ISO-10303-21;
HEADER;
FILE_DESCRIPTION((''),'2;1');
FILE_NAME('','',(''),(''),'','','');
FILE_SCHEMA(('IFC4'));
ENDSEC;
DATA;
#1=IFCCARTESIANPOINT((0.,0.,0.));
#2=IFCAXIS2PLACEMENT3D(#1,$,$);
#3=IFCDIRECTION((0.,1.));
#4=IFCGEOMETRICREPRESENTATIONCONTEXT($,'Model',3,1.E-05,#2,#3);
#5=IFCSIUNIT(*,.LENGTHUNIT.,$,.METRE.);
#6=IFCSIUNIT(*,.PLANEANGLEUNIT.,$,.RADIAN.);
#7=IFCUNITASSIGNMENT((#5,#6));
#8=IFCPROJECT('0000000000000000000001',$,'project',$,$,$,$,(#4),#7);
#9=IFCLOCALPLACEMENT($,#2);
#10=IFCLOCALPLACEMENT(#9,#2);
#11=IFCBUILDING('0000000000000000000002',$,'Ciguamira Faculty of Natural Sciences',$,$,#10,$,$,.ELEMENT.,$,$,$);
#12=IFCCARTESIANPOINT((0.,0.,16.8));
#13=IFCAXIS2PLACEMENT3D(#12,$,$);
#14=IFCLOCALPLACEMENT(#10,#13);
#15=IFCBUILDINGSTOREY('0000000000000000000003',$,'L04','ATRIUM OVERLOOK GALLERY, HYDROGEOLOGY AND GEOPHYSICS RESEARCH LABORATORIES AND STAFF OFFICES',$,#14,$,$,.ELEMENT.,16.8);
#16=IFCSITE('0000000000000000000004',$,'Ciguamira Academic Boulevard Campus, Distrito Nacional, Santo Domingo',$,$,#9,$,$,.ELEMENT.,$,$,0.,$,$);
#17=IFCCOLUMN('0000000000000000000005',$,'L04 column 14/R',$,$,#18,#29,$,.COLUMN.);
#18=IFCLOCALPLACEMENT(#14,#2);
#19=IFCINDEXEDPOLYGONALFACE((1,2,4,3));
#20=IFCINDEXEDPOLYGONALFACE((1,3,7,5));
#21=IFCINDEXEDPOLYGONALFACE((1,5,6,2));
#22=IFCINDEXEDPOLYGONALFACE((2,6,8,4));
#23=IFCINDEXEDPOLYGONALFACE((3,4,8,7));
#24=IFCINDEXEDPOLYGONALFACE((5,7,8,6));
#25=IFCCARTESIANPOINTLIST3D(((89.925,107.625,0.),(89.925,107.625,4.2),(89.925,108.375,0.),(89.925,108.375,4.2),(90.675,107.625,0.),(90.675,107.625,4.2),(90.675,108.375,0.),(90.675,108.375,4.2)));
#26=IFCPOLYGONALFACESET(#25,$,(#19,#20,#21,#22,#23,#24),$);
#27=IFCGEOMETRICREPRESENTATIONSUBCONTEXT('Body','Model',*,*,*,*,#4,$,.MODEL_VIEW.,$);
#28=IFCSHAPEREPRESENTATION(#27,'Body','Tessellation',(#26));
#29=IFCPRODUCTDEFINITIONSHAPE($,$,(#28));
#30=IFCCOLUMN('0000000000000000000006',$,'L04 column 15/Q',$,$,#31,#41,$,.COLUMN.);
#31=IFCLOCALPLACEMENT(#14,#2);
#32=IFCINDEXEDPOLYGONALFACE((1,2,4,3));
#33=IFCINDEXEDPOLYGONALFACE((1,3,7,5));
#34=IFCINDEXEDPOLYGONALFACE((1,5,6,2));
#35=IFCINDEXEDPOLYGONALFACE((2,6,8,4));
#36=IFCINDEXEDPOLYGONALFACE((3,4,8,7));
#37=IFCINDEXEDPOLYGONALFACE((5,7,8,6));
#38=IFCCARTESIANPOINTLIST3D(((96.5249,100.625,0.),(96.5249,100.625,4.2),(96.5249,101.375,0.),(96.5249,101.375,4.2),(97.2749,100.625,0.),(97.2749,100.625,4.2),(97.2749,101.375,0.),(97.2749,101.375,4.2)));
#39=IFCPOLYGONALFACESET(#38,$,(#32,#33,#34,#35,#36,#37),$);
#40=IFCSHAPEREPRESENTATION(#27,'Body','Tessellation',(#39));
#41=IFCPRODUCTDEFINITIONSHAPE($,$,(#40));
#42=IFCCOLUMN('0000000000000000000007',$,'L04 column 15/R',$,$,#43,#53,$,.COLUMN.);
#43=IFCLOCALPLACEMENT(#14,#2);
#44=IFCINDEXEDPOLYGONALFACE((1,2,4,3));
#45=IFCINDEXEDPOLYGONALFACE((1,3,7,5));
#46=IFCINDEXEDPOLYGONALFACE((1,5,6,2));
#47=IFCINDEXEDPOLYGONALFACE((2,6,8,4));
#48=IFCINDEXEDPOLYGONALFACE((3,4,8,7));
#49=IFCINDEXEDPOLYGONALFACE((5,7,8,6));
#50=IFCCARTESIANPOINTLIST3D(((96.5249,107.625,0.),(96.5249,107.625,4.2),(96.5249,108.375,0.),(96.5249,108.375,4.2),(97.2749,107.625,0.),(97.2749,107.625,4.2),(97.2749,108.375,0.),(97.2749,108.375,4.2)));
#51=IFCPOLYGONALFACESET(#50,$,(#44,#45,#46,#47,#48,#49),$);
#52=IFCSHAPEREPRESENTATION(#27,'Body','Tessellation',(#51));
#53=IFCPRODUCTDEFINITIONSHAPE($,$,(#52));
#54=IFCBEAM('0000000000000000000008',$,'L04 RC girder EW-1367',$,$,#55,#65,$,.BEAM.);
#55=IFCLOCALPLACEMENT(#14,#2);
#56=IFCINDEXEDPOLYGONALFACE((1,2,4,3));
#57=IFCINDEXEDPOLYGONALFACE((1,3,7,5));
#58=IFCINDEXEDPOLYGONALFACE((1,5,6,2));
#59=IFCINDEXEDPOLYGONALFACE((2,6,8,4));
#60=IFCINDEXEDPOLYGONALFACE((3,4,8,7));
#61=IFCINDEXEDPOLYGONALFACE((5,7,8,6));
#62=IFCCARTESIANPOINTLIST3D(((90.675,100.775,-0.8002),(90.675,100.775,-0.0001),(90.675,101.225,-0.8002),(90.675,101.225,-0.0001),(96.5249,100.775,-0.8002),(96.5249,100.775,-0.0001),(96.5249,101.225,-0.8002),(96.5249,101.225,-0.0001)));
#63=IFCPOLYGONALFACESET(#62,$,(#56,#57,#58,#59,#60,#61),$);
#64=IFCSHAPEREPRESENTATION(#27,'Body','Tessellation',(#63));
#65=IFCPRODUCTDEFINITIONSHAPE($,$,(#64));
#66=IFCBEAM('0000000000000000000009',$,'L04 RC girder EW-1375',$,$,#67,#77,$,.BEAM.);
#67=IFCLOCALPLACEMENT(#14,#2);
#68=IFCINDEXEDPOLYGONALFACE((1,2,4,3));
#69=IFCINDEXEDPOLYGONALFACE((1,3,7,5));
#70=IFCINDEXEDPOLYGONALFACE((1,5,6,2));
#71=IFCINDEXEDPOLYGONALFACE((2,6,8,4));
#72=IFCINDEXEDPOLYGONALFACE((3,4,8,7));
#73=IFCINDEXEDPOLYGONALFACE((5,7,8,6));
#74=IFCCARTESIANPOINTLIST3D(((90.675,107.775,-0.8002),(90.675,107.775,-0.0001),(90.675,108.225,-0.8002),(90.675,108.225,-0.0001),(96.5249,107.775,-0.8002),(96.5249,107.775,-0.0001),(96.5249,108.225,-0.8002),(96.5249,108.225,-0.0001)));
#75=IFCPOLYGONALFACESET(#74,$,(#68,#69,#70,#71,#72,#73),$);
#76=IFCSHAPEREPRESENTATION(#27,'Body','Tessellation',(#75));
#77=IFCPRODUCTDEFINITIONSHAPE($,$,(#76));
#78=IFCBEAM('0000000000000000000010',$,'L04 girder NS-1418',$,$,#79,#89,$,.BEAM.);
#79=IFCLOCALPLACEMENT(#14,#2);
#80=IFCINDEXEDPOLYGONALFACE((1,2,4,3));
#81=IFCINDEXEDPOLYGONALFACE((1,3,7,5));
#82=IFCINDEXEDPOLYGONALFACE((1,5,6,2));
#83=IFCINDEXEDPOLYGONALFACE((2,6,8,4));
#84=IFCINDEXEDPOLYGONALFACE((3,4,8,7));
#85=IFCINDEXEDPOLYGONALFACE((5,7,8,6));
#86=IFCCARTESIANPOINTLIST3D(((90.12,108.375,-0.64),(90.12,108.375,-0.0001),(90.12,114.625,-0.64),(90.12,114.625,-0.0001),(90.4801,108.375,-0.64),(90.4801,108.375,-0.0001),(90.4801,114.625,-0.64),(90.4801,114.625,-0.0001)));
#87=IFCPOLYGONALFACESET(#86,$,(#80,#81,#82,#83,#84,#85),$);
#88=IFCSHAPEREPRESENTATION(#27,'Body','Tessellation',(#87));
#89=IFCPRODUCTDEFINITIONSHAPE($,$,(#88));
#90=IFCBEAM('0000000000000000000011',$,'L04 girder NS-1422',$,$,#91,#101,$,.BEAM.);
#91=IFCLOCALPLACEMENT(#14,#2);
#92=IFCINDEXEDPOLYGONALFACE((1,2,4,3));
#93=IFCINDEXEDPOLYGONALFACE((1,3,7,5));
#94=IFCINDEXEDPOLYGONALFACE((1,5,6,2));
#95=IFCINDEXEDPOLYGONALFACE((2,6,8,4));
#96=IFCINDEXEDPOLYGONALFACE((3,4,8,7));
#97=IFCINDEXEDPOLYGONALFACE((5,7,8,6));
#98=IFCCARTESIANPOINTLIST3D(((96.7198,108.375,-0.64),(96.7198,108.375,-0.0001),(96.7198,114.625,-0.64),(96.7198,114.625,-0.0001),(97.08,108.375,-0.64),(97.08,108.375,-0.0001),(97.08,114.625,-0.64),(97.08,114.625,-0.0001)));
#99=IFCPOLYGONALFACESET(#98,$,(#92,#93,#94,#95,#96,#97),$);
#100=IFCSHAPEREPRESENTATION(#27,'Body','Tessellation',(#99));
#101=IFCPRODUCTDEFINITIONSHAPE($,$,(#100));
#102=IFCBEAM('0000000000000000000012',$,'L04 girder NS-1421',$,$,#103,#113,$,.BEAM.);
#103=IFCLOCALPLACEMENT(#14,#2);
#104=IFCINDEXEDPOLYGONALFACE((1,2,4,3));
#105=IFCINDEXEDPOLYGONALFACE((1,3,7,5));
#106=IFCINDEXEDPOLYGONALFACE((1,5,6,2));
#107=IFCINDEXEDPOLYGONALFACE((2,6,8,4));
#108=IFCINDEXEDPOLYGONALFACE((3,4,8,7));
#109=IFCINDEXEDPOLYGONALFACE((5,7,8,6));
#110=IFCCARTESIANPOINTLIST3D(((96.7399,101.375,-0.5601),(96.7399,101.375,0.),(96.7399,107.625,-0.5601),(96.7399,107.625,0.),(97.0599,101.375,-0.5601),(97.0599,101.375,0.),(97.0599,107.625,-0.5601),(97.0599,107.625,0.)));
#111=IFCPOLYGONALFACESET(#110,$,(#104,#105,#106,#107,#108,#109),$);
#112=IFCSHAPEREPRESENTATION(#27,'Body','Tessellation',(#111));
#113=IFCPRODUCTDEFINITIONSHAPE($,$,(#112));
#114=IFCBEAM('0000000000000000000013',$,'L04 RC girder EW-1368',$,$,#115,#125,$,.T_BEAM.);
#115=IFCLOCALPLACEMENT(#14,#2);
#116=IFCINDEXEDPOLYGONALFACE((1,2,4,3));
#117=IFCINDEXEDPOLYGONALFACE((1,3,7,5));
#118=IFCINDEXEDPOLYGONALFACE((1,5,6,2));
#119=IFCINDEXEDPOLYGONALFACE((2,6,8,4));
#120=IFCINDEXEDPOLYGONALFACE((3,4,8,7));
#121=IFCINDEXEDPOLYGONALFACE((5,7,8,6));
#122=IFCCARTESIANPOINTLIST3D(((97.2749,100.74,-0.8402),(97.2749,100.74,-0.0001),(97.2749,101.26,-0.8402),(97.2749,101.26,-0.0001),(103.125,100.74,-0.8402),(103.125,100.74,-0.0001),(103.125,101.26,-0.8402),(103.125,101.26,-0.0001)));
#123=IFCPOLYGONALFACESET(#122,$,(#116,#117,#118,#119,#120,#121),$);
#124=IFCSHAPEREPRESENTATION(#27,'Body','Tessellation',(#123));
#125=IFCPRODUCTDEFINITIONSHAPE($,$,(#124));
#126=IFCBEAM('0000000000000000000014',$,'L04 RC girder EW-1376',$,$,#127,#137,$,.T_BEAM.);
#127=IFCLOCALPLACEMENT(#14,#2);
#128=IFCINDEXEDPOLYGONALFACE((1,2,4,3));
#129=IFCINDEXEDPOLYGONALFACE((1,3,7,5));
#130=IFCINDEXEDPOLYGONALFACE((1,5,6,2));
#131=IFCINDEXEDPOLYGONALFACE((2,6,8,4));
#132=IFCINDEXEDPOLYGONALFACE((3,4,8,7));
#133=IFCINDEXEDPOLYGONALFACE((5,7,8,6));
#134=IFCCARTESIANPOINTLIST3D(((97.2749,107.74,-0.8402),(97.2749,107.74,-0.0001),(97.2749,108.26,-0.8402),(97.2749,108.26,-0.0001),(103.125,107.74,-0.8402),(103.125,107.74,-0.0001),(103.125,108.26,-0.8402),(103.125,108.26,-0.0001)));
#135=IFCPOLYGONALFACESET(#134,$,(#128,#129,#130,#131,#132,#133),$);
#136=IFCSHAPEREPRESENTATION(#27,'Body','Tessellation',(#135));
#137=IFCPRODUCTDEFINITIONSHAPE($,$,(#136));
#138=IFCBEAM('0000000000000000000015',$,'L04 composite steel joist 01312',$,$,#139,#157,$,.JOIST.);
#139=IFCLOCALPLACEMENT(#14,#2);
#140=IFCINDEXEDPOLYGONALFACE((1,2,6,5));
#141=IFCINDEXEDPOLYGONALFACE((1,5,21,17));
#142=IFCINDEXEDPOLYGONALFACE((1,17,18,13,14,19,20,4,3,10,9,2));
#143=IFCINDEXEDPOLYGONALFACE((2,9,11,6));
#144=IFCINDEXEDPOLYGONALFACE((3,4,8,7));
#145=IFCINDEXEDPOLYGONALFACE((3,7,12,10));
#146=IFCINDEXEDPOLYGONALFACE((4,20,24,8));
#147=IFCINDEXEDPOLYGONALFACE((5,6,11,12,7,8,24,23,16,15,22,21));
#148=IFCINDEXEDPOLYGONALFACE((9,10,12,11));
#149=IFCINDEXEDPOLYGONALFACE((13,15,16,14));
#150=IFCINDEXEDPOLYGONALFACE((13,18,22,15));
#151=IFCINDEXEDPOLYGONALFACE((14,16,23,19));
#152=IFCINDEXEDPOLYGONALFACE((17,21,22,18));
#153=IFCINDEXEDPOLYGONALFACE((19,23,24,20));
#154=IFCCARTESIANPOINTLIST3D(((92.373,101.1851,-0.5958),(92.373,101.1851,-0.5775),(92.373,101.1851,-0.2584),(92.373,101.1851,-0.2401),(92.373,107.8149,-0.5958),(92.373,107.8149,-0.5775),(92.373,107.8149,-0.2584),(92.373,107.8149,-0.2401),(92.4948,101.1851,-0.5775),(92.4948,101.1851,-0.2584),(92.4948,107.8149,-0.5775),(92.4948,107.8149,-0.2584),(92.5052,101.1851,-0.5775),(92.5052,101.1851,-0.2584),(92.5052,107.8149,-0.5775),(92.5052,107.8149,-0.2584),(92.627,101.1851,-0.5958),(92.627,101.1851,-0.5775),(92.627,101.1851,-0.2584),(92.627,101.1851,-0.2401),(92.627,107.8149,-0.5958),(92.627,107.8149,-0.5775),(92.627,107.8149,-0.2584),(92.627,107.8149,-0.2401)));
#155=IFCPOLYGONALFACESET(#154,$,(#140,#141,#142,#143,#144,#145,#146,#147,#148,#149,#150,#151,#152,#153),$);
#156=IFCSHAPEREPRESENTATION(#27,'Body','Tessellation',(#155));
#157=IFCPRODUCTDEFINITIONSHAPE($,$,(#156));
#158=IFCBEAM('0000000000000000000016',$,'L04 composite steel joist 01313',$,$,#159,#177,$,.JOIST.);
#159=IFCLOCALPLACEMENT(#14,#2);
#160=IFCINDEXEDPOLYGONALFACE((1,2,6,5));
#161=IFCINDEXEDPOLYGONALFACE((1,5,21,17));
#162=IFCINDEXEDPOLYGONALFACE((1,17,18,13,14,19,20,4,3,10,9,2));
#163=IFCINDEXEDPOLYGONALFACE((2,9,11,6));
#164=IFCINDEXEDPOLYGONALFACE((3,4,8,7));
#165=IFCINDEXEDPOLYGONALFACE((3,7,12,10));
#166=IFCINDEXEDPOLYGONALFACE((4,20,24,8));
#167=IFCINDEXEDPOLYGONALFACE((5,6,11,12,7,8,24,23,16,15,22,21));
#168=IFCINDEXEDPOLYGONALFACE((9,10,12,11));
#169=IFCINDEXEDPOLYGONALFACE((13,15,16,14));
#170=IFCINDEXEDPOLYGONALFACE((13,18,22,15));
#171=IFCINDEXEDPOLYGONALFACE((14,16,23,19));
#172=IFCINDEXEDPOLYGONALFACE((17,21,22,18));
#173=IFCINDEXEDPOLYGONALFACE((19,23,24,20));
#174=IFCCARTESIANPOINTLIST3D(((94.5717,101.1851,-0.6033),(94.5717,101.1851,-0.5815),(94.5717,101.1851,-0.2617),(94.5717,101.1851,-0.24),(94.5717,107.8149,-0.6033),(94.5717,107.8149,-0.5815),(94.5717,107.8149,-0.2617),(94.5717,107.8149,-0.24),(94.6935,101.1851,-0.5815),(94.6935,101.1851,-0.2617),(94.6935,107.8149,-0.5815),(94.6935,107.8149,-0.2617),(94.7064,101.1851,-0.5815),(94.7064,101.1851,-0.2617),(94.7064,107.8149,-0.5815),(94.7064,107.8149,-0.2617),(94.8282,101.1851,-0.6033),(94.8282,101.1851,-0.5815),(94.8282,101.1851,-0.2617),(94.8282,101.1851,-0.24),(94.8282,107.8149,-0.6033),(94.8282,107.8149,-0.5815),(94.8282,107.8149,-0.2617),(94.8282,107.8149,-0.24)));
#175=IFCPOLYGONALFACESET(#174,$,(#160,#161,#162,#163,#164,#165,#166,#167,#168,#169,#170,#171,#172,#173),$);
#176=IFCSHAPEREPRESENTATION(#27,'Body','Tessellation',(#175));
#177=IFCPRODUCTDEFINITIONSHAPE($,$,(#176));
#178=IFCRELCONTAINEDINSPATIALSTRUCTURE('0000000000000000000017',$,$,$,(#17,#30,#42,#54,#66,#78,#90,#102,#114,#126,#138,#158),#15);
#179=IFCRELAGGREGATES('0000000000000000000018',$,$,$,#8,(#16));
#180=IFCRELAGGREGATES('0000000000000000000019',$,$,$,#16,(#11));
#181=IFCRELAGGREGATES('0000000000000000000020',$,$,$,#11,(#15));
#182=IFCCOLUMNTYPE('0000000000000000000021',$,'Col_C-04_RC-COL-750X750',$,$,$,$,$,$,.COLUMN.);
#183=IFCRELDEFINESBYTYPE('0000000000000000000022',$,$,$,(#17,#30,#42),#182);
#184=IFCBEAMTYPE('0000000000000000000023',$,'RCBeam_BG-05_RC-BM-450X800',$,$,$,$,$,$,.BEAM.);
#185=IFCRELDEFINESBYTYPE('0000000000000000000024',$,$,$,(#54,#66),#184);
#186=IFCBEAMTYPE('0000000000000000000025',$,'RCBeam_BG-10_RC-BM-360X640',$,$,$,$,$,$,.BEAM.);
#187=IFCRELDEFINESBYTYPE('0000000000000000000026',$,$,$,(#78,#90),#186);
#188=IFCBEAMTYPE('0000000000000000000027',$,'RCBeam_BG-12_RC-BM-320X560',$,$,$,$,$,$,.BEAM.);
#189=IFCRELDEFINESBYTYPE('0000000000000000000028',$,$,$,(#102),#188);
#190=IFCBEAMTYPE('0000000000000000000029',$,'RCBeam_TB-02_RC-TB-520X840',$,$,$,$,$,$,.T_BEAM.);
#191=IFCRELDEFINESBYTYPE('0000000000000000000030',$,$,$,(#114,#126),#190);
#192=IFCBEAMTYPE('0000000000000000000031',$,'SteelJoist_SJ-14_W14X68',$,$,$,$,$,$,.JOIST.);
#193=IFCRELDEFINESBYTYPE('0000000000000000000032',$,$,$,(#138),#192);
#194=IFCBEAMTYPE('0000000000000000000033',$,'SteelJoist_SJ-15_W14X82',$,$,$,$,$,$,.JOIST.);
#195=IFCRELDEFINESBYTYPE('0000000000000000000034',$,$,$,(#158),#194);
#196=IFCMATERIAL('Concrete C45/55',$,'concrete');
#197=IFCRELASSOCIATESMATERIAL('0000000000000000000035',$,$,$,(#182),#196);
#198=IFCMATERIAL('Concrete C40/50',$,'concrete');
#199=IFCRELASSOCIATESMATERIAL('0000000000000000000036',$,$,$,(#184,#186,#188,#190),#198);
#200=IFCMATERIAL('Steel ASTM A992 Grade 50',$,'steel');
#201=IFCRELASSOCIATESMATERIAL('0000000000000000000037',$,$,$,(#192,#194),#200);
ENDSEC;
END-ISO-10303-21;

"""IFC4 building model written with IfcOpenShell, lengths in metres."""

from ifc_helpers import new_model, si_unit, direction, frame, origin, origin_2d, place, context, subcontext, project, spatial, rectangle, i_section, extrude, material, material_profile, profile_set, type_object, element, save


model = new_model("IFC4")

# Units and contexts
model_context = context("Model", 3, precision=1e-05, world=origin(), true_north=direction((0.0, 1.0)))
body_context = subcontext(model_context, "Body", "Model", "MODEL_VIEW")
ifc_project = project(units=[si_unit("LENGTHUNIT", "METRE"), si_unit("PLANEANGLEUNIT", "RADIAN")], contexts=[model_context])

# Site, building, storey
site_placement = place(None, origin())
site = spatial("IfcSite", under=ifc_project, at=site_placement, Name="Ciguamira Academic Boulevard Campus, Distrito Nacional, Santo Domingo", CompositionType="ELEMENT", RefElevation=0.0)
building_placement = place(site_placement, origin())
building = spatial("IfcBuilding", under=site, at=building_placement, Name="Ciguamira Faculty of Natural Sciences", CompositionType="ELEMENT")
storey_placement = place(building_placement, frame((0.0, 0.0, 16.8)))
storey = spatial("IfcBuildingStorey", under=building, at=storey_placement, Name="L04", Description="ATRIUM OVERLOOK GALLERY, HYDROGEOLOGY AND GEOPHYSICS RESEARCH LABORATORIES AND STAFF OFFICES", CompositionType="ELEMENT", Elevation=16.8)

# Columns
ifc_material_1 = material(Name="Concrete C45/55", Category="concrete")
ifc_material_profile_1 = material_profile(ifc_material_1, rectangle(XDim=0.75, YDim=0.75, at=origin_2d()), Name="RC-COL-750X750")
ifc_profile_set_1 = profile_set([ifc_material_profile_1], Name="Concrete C45/55")
column_type = type_object("IfcColumnType", Name="Col_C-04_RC-COL-750X750", PredefinedType="COLUMN", material=ifc_profile_set_1)
for number, where, z_axis, x_axis, name in (
    (1, (90.3, 108.0, 0.0), (0.0, 0.0, 1.0), (1.0, 0.0, 0.0), "L04 column 14/R"),
    (2, (96.8999, 101.0, 0.0), (0.0, 0.0, 1.0), (1.0, 0.0, 0.0), "L04 column 15/Q"),
    (3, (96.8999, 108.0, 0.0), (0.0, 0.0, 1.0), (1.0, 0.0, 0.0), "L04 column 15/R"),
):
    element("IfcColumn", number, at=place(storey_placement, frame(where, z_axis=z_axis, x_axis=x_axis)), inside=storey, type_object=column_type, Name=name, PredefinedType="COLUMN", context=body_context, shape_type="SweptSolid", body=[
        extrude(rectangle(XDim=0.75, YDim=0.75, at=origin_2d()), origin(), (0.0, 0.0, 1.0), 4.2),
    ])

# Beams
ifc_material_2 = material(Name="Concrete C40/50", Category="concrete")
ifc_material_profile_2 = material_profile(ifc_material_2, rectangle(XDim=0.45, YDim=0.8, at=origin_2d()), Name="RC-BM-450X800")
ifc_profile_set_2 = profile_set([ifc_material_profile_2], Name="Concrete C40/50")
beam_type_1 = type_object("IfcBeamType", Name="RCBeam_BG-05_RC-BM-450X800", PredefinedType="BEAM", material=ifc_profile_set_2)
for number, where, z_axis, x_axis, name in (
    (4, (90.675, 101.0, -0.4001), (1.0, 0.0, 0.0), (0.0, 1.0, 0.0), "L04 RC girder EW-1367"),
    (5, (90.675, 108.0, -0.4001), (1.0, 0.0, 0.0), (0.0, 1.0, 0.0), "L04 RC girder EW-1375"),
):
    element("IfcBeam", number, at=place(storey_placement, frame(where, z_axis=z_axis, x_axis=x_axis)), inside=storey, type_object=beam_type_1, Name=name, PredefinedType="BEAM", context=body_context, shape_type="SweptSolid", body=[
        extrude(rectangle(XDim=0.45, YDim=0.8, at=origin_2d()), origin(), (0.0, 0.0, 1.0), 5.8499),
    ])
ifc_material_profile_3 = material_profile(ifc_material_2, rectangle(XDim=0.3601, YDim=0.6399, at=origin_2d()), Name="RC-BM-360X640")
ifc_profile_set_3 = profile_set([ifc_material_profile_3], Name="Concrete C40/50")
beam_type_2 = type_object("IfcBeamType", Name="RCBeam_BG-10_RC-BM-360X640", PredefinedType="BEAM", material=ifc_profile_set_3)
for number, where, z_axis, x_axis, name in (
    (6, (90.3, 108.375, -0.3201), (0.0, 1.0, 0.0), (-1.0, 0.0, 0.0), "L04 girder NS-1418"),
    (7, (96.8999, 108.375, -0.3201), (0.0, 1.0, 0.0), (-1.0, 0.0, 0.0), "L04 girder NS-1422"),
):
    element("IfcBeam", number, at=place(storey_placement, frame(where, z_axis=z_axis, x_axis=x_axis)), inside=storey, type_object=beam_type_2, Name=name, PredefinedType="BEAM", context=body_context, shape_type="SweptSolid", body=[
        extrude(rectangle(XDim=0.3601, YDim=0.6399, at=origin_2d()), origin(), (0.0, 0.0, 1.0), 6.25),
    ])
ifc_material_profile_4 = material_profile(ifc_material_2, rectangle(XDim=0.3201, YDim=0.5601, at=origin_2d()), Name="RC-BM-320X560")
ifc_profile_set_4 = profile_set([ifc_material_profile_4], Name="Concrete C40/50")
beam_type_3 = type_object("IfcBeamType", Name="RCBeam_BG-12_RC-BM-320X560", PredefinedType="BEAM", material=ifc_profile_set_4)
beam_1_placement = place(storey_placement, frame((96.8999, 101.375, -0.28), z_axis=(0.0, 1.0, 0.0), x_axis=(-1.0, 0.0, 0.0)))
element("IfcBeam", 8, at=beam_1_placement, inside=storey, type_object=beam_type_3, Name="L04 girder NS-1421", PredefinedType="BEAM", context=body_context, shape_type="SweptSolid", body=[
    extrude(rectangle(XDim=0.3201, YDim=0.5601, at=origin_2d()), origin(), (0.0, 0.0, 1.0), 6.25),
])
ifc_material_profile_5 = material_profile(ifc_material_2, rectangle(XDim=0.52, YDim=0.8401, at=origin_2d()), Name="RC-TB-520X840")
ifc_profile_set_5 = profile_set([ifc_material_profile_5], Name="Concrete C40/50")
beam_type_4 = type_object("IfcBeamType", Name="RCBeam_TB-02_RC-TB-520X840", PredefinedType="T_BEAM", material=ifc_profile_set_5)
for number, where, z_axis, x_axis, name in (
    (9, (97.2749, 101.0, -0.4202), (1.0, 0.0, 0.0), (0.0, 1.0, 0.0), "L04 RC girder EW-1368"),
    (10, (97.2749, 108.0, -0.4202), (1.0, 0.0, 0.0), (0.0, 1.0, 0.0), "L04 RC girder EW-1376"),
):
    element("IfcBeam", number, at=place(storey_placement, frame(where, z_axis=z_axis, x_axis=x_axis)), inside=storey, type_object=beam_type_4, Name=name, PredefinedType="T_BEAM", context=body_context, shape_type="SweptSolid", body=[
        extrude(rectangle(XDim=0.52, YDim=0.8401, at=origin_2d()), origin(), (0.0, 0.0, 1.0), 5.8501),
    ])
ifc_material_3 = material(Name="Steel ASTM A992 Grade 50", Category="steel")
ifc_material_profile_6 = material_profile(ifc_material_3, i_section(OverallWidth=0.2539, OverallDepth=0.3557, WebThickness=0.0105, FlangeThickness=0.0183, at=origin_2d()), Name="W14X68")
ifc_profile_set_6 = profile_set([ifc_material_profile_6], Name="Steel ASTM A992 Grade 50")
beam_type_5 = type_object("IfcBeamType", Name="SteelJoist_SJ-14_W14X68", PredefinedType="JOIST", material=ifc_profile_set_6)
beam_2_placement = place(storey_placement, frame((92.5, 101.1851, -0.418), z_axis=(0.0, 1.0, 0.0), x_axis=(-1.0, 0.0, 0.0)))
element("IfcBeam", 11, at=beam_2_placement, inside=storey, type_object=beam_type_5, Name="L04 composite steel joist 01312", PredefinedType="JOIST", context=body_context, shape_type="SweptSolid", body=[
    extrude(i_section(OverallWidth=0.2539, OverallDepth=0.3557, WebThickness=0.0105, FlangeThickness=0.0183, at=origin_2d()), origin(), (0.0, 0.0, 1.0), 6.6299),
])
ifc_material_profile_7 = material_profile(ifc_material_3, i_section(OverallWidth=0.2566, OverallDepth=0.3633, WebThickness=0.0129, FlangeThickness=0.0217, at=origin_2d()), Name="W14X82")
ifc_profile_set_7 = profile_set([ifc_material_profile_7], Name="Steel ASTM A992 Grade 50")
beam_type_6 = type_object("IfcBeamType", Name="SteelJoist_SJ-15_W14X82", PredefinedType="JOIST", material=ifc_profile_set_7)
beam_3_placement = place(storey_placement, frame((94.7, 101.1851, -0.4216), z_axis=(0.0, 1.0, 0.0), x_axis=(-1.0, 0.0, 0.0)))
element("IfcBeam", 12, at=beam_3_placement, inside=storey, type_object=beam_type_6, Name="L04 composite steel joist 01313", PredefinedType="JOIST", context=body_context, shape_type="SweptSolid", body=[
    extrude(i_section(OverallWidth=0.2566, OverallDepth=0.3633, WebThickness=0.0129, FlangeThickness=0.0217, at=origin_2d()), origin(), (0.0, 0.0, 1.0), 6.6299),
])

save(model, "model.ifc")
